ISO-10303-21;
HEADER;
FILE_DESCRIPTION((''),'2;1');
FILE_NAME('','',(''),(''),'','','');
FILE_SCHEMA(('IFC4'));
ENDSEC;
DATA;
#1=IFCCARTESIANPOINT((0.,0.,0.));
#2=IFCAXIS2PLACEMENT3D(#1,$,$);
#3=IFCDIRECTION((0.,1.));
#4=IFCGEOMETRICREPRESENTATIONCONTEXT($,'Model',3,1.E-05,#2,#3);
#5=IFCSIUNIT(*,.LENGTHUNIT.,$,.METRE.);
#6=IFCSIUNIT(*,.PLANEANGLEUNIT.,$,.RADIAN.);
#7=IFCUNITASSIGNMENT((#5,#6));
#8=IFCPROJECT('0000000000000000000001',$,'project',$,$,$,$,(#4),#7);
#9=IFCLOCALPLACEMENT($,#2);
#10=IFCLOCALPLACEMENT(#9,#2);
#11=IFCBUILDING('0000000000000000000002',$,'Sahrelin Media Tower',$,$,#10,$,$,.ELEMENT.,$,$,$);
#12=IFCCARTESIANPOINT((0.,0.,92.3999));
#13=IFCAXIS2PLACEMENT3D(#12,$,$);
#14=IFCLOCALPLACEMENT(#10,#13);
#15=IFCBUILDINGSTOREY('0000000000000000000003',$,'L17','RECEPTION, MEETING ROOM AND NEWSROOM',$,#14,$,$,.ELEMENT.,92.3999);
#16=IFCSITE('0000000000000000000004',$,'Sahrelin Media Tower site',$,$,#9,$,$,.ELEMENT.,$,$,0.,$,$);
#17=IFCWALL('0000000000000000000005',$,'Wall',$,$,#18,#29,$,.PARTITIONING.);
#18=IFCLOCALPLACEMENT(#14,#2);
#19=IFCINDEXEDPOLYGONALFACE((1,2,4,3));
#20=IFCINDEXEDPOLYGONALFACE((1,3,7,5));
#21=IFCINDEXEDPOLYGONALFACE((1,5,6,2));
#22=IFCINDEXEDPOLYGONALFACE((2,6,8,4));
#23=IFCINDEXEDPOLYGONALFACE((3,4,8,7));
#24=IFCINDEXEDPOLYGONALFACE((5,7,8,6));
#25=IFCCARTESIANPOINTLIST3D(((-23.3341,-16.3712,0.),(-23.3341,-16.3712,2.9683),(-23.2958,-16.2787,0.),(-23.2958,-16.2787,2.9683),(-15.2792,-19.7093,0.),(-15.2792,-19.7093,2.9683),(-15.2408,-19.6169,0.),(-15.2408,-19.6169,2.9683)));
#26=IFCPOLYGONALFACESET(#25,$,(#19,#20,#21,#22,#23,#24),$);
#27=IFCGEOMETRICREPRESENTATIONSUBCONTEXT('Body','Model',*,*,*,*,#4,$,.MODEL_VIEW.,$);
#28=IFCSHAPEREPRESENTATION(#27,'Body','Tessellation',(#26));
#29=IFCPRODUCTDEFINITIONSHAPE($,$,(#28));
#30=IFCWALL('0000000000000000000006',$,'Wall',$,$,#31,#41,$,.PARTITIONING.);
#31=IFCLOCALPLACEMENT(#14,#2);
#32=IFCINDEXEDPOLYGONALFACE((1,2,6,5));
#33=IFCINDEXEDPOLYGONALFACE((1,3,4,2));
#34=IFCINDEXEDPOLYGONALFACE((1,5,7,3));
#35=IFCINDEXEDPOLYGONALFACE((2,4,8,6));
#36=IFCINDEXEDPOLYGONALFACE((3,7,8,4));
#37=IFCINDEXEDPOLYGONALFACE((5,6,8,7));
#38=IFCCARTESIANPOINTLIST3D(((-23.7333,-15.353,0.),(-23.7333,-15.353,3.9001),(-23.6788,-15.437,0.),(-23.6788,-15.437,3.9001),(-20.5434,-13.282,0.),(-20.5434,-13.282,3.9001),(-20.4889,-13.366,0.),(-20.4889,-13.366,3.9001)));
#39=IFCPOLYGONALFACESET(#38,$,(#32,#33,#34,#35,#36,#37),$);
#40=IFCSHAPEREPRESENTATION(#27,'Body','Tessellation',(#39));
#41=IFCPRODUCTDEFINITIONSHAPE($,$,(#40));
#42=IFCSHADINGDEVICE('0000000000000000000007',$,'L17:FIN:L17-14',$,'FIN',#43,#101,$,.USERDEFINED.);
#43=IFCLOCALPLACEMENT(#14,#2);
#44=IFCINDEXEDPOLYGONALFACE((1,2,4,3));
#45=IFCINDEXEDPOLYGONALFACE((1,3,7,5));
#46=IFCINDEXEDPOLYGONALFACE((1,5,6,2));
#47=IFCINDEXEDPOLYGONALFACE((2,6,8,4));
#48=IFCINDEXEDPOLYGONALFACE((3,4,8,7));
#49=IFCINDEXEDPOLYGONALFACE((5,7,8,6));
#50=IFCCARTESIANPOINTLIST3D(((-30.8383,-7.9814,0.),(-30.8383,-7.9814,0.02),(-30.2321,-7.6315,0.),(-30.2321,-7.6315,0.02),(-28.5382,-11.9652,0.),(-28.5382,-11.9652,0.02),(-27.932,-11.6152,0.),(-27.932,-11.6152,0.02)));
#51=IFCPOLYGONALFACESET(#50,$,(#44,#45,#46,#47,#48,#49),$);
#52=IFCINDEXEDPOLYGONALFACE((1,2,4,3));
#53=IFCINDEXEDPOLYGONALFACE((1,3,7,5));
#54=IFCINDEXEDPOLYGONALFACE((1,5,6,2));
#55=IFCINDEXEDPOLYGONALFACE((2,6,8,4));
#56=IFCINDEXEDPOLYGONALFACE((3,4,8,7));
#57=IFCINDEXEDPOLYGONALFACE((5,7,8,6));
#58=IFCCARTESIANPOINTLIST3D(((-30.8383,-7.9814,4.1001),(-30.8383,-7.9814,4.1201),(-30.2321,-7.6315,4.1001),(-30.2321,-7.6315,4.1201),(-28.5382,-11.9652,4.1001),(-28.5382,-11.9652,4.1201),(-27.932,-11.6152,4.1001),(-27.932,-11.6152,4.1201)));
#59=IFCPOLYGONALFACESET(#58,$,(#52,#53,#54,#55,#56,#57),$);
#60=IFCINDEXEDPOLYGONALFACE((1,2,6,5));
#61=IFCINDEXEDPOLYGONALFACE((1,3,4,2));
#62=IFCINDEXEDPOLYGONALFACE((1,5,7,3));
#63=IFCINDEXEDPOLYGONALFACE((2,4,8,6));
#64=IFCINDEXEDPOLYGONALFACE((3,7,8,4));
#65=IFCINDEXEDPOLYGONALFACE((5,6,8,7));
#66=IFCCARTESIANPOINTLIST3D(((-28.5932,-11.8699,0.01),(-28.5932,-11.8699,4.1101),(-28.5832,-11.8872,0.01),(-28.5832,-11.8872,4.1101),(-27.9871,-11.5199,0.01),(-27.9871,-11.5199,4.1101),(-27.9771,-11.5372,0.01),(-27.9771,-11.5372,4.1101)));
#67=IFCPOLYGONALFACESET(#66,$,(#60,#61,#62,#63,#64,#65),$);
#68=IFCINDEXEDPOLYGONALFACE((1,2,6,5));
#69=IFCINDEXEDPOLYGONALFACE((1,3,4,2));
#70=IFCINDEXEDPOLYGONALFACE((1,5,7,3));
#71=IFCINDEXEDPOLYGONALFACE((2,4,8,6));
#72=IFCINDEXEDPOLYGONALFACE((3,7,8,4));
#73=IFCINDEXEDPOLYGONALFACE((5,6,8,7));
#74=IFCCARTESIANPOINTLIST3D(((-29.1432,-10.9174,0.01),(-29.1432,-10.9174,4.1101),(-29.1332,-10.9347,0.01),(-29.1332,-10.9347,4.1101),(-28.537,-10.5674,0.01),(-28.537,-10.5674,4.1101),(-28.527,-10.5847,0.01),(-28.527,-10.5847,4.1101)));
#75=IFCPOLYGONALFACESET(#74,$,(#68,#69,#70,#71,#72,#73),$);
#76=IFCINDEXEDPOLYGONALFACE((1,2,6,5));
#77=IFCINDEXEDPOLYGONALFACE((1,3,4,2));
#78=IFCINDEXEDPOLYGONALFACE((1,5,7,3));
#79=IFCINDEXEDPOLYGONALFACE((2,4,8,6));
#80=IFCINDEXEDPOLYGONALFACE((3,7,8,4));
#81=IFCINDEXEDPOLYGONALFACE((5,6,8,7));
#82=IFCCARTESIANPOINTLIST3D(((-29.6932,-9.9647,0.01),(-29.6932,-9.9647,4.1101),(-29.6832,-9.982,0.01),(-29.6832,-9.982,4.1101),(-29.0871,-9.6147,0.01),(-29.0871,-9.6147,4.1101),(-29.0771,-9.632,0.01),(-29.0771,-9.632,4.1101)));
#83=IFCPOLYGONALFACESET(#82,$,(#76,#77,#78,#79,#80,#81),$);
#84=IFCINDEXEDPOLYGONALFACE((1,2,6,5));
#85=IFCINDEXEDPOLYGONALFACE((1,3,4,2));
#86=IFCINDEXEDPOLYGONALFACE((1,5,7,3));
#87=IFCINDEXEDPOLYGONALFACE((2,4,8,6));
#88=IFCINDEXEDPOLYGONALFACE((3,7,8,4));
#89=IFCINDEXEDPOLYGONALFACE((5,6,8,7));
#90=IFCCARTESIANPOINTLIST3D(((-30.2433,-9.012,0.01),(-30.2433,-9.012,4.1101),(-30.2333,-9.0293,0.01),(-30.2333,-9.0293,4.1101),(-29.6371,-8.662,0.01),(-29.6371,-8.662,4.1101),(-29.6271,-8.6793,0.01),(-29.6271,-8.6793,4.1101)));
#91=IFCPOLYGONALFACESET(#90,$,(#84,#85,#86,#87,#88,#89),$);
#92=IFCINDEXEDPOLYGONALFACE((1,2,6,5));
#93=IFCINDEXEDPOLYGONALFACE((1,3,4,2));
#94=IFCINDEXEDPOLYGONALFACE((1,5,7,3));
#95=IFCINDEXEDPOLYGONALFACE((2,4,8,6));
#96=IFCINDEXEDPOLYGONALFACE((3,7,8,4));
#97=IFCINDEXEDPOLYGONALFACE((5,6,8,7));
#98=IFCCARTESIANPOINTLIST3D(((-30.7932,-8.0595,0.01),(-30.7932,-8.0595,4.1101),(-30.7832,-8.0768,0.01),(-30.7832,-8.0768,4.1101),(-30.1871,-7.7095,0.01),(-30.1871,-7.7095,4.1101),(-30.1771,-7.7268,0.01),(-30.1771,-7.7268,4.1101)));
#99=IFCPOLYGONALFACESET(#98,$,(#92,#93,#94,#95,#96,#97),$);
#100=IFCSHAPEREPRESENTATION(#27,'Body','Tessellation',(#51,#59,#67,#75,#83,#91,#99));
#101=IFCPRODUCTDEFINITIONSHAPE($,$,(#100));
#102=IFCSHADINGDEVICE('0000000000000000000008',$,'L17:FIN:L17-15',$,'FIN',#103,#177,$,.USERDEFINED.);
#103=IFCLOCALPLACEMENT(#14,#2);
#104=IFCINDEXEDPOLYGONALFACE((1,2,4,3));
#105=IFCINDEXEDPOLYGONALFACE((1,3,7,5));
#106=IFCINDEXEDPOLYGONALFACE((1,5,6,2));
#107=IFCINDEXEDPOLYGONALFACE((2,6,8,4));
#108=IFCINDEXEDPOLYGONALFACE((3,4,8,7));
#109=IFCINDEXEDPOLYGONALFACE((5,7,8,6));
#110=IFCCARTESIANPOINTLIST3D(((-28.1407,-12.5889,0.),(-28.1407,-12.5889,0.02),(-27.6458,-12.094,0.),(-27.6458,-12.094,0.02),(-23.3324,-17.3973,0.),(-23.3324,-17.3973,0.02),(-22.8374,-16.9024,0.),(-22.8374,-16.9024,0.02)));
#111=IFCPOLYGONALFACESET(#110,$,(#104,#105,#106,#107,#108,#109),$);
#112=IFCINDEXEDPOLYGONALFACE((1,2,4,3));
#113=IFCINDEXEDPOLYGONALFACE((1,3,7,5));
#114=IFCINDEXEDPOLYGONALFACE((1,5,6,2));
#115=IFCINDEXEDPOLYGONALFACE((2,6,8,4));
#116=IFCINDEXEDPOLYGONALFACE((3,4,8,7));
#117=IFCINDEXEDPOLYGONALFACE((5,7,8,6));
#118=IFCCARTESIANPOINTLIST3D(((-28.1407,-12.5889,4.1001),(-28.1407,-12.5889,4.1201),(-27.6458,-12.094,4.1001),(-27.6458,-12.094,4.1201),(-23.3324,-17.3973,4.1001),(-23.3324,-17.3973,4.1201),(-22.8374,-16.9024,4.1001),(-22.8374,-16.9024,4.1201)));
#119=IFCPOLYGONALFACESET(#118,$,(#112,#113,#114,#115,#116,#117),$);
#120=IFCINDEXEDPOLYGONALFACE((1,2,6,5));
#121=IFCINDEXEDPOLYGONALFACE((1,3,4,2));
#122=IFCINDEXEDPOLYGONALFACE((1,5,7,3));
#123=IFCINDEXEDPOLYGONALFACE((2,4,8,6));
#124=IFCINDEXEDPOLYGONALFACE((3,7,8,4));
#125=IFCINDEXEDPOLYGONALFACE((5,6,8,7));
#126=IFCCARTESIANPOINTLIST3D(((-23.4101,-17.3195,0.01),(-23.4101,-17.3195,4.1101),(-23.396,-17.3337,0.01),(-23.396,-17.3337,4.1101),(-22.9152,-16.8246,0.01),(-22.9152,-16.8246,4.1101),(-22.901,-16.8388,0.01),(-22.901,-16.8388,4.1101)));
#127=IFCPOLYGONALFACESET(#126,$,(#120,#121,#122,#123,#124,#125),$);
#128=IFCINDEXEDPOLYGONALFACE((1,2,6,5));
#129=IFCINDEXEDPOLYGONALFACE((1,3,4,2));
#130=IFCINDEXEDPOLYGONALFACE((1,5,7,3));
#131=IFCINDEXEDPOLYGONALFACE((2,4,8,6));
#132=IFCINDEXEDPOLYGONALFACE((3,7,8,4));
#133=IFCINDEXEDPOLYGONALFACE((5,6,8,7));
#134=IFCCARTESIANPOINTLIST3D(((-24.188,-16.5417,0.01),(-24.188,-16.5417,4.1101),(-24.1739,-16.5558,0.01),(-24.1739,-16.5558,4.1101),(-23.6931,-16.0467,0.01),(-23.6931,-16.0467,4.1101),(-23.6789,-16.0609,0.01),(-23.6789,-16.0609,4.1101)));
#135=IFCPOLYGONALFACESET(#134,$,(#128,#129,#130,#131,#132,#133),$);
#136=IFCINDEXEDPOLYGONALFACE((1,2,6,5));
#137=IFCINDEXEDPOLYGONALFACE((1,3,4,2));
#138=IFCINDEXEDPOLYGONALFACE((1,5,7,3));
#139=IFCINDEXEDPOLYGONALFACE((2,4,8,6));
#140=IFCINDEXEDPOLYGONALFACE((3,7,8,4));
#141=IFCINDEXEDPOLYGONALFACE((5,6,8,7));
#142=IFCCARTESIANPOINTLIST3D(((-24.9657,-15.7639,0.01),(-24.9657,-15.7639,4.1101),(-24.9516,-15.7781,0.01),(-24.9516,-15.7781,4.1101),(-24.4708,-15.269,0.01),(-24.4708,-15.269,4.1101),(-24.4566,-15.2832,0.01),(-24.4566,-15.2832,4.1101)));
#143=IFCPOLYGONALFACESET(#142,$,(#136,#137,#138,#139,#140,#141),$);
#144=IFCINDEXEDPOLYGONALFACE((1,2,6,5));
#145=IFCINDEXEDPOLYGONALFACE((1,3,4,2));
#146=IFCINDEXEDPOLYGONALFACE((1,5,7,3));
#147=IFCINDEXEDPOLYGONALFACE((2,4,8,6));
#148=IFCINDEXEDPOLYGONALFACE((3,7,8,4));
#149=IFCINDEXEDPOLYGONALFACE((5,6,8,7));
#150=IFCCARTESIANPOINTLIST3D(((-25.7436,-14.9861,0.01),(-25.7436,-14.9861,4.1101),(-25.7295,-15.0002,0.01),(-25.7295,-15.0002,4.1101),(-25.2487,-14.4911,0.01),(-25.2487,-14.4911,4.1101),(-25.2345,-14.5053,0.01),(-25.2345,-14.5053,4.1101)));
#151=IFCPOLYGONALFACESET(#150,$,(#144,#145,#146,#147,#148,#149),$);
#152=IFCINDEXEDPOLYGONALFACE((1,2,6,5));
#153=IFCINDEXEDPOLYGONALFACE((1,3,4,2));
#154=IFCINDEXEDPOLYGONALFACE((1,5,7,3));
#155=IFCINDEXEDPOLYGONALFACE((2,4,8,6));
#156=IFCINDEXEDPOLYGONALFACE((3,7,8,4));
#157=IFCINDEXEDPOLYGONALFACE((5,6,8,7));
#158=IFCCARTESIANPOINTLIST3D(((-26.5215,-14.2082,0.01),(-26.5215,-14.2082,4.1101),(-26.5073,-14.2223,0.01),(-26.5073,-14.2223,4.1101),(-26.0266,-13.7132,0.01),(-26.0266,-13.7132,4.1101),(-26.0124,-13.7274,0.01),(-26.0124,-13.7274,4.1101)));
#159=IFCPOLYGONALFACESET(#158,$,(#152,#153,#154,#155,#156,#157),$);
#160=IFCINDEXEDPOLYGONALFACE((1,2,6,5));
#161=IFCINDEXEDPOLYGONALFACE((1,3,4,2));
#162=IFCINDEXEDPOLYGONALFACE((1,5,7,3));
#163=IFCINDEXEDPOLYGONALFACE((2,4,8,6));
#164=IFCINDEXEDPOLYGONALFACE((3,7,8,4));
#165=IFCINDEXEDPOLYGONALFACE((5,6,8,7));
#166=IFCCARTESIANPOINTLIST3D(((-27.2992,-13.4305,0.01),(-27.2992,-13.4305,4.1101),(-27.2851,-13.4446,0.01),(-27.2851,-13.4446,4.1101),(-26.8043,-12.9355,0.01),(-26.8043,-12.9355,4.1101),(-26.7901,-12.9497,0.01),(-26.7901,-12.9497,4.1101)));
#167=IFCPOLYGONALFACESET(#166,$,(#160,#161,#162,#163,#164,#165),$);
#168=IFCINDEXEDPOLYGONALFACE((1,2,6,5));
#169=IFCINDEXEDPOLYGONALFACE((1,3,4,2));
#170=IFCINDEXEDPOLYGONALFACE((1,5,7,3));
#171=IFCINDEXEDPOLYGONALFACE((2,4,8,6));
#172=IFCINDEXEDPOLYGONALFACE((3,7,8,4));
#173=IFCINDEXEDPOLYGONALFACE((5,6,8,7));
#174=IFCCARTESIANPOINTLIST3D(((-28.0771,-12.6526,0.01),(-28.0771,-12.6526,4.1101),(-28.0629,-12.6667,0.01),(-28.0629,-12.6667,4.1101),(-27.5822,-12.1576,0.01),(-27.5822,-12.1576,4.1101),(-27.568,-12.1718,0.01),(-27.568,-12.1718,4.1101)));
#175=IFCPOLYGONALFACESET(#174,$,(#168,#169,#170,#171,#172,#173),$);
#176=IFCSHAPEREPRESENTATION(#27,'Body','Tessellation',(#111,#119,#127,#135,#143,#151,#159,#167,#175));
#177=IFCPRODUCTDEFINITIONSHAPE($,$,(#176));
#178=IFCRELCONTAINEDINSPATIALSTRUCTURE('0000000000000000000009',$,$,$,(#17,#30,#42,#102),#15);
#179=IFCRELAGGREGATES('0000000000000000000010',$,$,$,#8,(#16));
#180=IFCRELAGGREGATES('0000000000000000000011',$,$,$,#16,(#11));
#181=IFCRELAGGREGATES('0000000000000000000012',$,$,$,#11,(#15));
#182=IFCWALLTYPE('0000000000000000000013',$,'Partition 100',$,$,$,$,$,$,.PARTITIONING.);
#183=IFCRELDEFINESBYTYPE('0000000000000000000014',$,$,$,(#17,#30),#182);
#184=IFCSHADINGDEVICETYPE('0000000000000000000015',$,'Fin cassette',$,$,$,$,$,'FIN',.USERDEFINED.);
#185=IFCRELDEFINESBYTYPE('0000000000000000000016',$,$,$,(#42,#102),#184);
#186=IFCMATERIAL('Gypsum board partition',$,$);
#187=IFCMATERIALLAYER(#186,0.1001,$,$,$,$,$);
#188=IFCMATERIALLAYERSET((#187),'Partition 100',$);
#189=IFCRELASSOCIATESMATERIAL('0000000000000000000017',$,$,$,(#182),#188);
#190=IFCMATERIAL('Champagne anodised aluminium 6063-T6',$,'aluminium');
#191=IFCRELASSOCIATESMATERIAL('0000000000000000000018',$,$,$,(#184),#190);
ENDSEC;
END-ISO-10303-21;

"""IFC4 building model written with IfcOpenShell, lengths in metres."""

from ifc_helpers import new_model, si_unit, direction, frame, frame_2d, origin, origin_2d, place, context, subcontext, project, spatial, rectangle, extrude, material, layer, layer_set, type_object, element, save


model = new_model("IFC4")

# Units and contexts
model_context = context("Model", 3, precision=1e-05, world=origin(), true_north=direction((0.0, 1.0)))
body_context = subcontext(model_context, "Body", "Model", "MODEL_VIEW")
ifc_project = project(units=[si_unit("LENGTHUNIT", "METRE"), si_unit("PLANEANGLEUNIT", "RADIAN")], contexts=[model_context])

# Site, building, storey
site_placement = place(None, origin())
site = spatial("IfcSite", under=ifc_project, at=site_placement, Name="Sahrelin Media Tower site", CompositionType="ELEMENT", RefElevation=0.0)
building_placement = place(site_placement, origin())
building = spatial("IfcBuilding", under=site, at=building_placement, Name="Sahrelin Media Tower", CompositionType="ELEMENT")
storey_placement = place(building_placement, frame((0.0, 0.0, 92.3999)))
storey = spatial("IfcBuildingStorey", under=building, at=storey_placement, Name="L17", Description="RECEPTION, MEETING ROOM AND NEWSROOM", CompositionType="ELEMENT", Elevation=92.3999)

# Shared definitions
ifc_material_1 = material(Name="Champagne anodised aluminium 6063-T6", Category="aluminium")

# Walls
ifc_material_2 = material(Name="Gypsum board partition")
ifc_layer_1 = layer(ifc_material_2, 0.1001)
ifc_layer_set_1 = layer_set([ifc_layer_1], Name="Partition 100")
wall_type_1 = type_object("IfcWallType", Name="Partition 100", PredefinedType="PARTITIONING", material=ifc_layer_set_1)
wall_1_placement = place(storey_placement, frame((-23.3149, -16.325, 0.0), z_axis=(0.0, 0.0, 1.0), x_axis=(0.923812, -0.382847, 0.0)))
element("IfcWall", 1, at=wall_1_placement, inside=storey, type_object=wall_type_1, Name="Wall", PredefinedType="PARTITIONING", context=body_context, shape_type="SweptSolid", body=[
    extrude(rectangle(XDim=8.7192, YDim=0.1001, at=frame_2d((4.3596, 0.0))), origin(), (0.0, 0.0, 1.0), 2.9683),
])
wall_2_placement = place(storey_placement, frame((-23.7061, -15.395, 0.0), z_axis=(0.0, 0.0, 1.0), x_axis=(0.838734, 0.544542, 0.0)))
element("IfcWall", 2, at=wall_2_placement, inside=storey, type_object=wall_type_1, Name="Wall", PredefinedType="PARTITIONING", context=body_context, shape_type="SweptSolid", body=[
    extrude(rectangle(XDim=3.8032, YDim=0.1001, at=frame_2d((1.9016, 0.0))), origin(), (0.0, 0.0, 1.0), 3.9001),
])

# Shading devices
shading_device_type_1 = type_object("IfcShadingDeviceType", Name="Fin cassette", ElementType="FIN", PredefinedType="USERDEFINED", material=ifc_material_1)
placement_1 = place(storey_placement, frame((-29.0215, -9.5884, 0.0), z_axis=(0.0, 0.0, 1.0), x_axis=(-0.500011, 0.866019, 0.0)))
element("IfcShadingDevice", 3, at=placement_1, inside=storey, type_object=shading_device_type_1, Name="L17:FIN:L17-14", ObjectType="FIN", PredefinedType="USERDEFINED", context=body_context, shape_type="SweptSolid", body=[
    extrude(rectangle(XDim=4.6001, YDim=0.7, at=origin_2d()), frame((0.0, 0.4199, 0.0)), (0.0, 0.0, 1.0), 0.02),
    extrude(rectangle(XDim=4.6001, YDim=0.7, at=origin_2d()), frame((0.0, 0.4199, 4.1001)), (0.0, 0.0, 1.0), 0.02),
    extrude(rectangle(XDim=0.02, YDim=0.7, at=origin_2d()), frame((-2.2, 0.4199, 0.01), z_axis=(0.0, 0.0, 1.0), x_axis=(1.0, 0.0, 0.0)), (0.0, 0.0, 1.0), 4.1001),
    extrude(rectangle(XDim=0.02, YDim=0.7, at=origin_2d()), frame((-1.1001, 0.4199, 0.01), z_axis=(0.0, 0.0, 1.0), x_axis=(1.0, 0.0, 0.0)), (0.0, 0.0, 1.0), 4.1001),
    extrude(rectangle(XDim=0.02, YDim=0.7, at=origin_2d()), frame((0.0, 0.4199, 0.01), z_axis=(0.0, 0.0, 1.0), x_axis=(1.0, 0.0, 0.0)), (0.0, 0.0, 1.0), 4.1001),
    extrude(rectangle(XDim=0.02, YDim=0.7, at=origin_2d()), frame((1.1001, 0.4199, 0.01), z_axis=(0.0, 0.0, 1.0), x_axis=(1.0, 0.0, 0.0)), (0.0, 0.0, 1.0), 4.1001),
    extrude(rectangle(XDim=0.02, YDim=0.7, at=origin_2d()), frame((2.2, 0.4199, 0.01), z_axis=(0.0, 0.0, 1.0), x_axis=(1.0, 0.0, 0.0)), (0.0, 0.0, 1.0), 4.1001),
])
placement_2 = place(storey_placement, frame((-25.1921, -14.4487, 0.0), z_axis=(0.0, 0.0, 1.0), x_axis=(-0.707107, 0.707107, 0.0)))
element("IfcShadingDevice", 4, at=placement_2, inside=storey, type_object=shading_device_type_1, Name="L17:FIN:L17-15", ObjectType="FIN", PredefinedType="USERDEFINED", context=body_context, shape_type="SweptSolid", body=[
    extrude(rectangle(XDim=6.8, YDim=0.7, at=origin_2d()), frame((0.0, 0.4199, 0.0)), (0.0, 0.0, 1.0), 0.02),
    extrude(rectangle(XDim=6.8, YDim=0.7, at=origin_2d()), frame((0.0, 0.4199, 4.1001)), (0.0, 0.0, 1.0), 0.02),
    extrude(rectangle(XDim=0.02, YDim=0.7, at=origin_2d()), frame((-3.3, 0.4199, 0.01), z_axis=(0.0, 0.0, 1.0), x_axis=(1.0, 0.0, 0.0)), (0.0, 0.0, 1.0), 4.1001),
    extrude(rectangle(XDim=0.02, YDim=0.7, at=origin_2d()), frame((-2.2, 0.4199, 0.01), z_axis=(0.0, 0.0, 1.0), x_axis=(1.0, 0.0, 0.0)), (0.0, 0.0, 1.0), 4.1001),
    extrude(rectangle(XDim=0.02, YDim=0.7, at=origin_2d()), frame((-1.1001, 0.4199, 0.01), z_axis=(0.0, 0.0, 1.0), x_axis=(1.0, 0.0, 0.0)), (0.0, 0.0, 1.0), 4.1001),
    extrude(rectangle(XDim=0.02, YDim=0.7, at=origin_2d()), frame((0.0, 0.4199, 0.01), z_axis=(0.0, 0.0, 1.0), x_axis=(1.0, 0.0, 0.0)), (0.0, 0.0, 1.0), 4.1001),
    extrude(rectangle(XDim=0.02, YDim=0.7, at=origin_2d()), frame((1.1001, 0.4199, 0.01), z_axis=(0.0, 0.0, 1.0), x_axis=(1.0, 0.0, 0.0)), (0.0, 0.0, 1.0), 4.1001),
    extrude(rectangle(XDim=0.02, YDim=0.7, at=origin_2d()), frame((2.2, 0.4199, 0.01), z_axis=(0.0, 0.0, 1.0), x_axis=(1.0, 0.0, 0.0)), (0.0, 0.0, 1.0), 4.1001),
    extrude(rectangle(XDim=0.02, YDim=0.7, at=origin_2d()), frame((3.3, 0.4199, 0.01), z_axis=(0.0, 0.0, 1.0), x_axis=(1.0, 0.0, 0.0)), (0.0, 0.0, 1.0), 4.1001),
])

save(model, "model.ifc")
